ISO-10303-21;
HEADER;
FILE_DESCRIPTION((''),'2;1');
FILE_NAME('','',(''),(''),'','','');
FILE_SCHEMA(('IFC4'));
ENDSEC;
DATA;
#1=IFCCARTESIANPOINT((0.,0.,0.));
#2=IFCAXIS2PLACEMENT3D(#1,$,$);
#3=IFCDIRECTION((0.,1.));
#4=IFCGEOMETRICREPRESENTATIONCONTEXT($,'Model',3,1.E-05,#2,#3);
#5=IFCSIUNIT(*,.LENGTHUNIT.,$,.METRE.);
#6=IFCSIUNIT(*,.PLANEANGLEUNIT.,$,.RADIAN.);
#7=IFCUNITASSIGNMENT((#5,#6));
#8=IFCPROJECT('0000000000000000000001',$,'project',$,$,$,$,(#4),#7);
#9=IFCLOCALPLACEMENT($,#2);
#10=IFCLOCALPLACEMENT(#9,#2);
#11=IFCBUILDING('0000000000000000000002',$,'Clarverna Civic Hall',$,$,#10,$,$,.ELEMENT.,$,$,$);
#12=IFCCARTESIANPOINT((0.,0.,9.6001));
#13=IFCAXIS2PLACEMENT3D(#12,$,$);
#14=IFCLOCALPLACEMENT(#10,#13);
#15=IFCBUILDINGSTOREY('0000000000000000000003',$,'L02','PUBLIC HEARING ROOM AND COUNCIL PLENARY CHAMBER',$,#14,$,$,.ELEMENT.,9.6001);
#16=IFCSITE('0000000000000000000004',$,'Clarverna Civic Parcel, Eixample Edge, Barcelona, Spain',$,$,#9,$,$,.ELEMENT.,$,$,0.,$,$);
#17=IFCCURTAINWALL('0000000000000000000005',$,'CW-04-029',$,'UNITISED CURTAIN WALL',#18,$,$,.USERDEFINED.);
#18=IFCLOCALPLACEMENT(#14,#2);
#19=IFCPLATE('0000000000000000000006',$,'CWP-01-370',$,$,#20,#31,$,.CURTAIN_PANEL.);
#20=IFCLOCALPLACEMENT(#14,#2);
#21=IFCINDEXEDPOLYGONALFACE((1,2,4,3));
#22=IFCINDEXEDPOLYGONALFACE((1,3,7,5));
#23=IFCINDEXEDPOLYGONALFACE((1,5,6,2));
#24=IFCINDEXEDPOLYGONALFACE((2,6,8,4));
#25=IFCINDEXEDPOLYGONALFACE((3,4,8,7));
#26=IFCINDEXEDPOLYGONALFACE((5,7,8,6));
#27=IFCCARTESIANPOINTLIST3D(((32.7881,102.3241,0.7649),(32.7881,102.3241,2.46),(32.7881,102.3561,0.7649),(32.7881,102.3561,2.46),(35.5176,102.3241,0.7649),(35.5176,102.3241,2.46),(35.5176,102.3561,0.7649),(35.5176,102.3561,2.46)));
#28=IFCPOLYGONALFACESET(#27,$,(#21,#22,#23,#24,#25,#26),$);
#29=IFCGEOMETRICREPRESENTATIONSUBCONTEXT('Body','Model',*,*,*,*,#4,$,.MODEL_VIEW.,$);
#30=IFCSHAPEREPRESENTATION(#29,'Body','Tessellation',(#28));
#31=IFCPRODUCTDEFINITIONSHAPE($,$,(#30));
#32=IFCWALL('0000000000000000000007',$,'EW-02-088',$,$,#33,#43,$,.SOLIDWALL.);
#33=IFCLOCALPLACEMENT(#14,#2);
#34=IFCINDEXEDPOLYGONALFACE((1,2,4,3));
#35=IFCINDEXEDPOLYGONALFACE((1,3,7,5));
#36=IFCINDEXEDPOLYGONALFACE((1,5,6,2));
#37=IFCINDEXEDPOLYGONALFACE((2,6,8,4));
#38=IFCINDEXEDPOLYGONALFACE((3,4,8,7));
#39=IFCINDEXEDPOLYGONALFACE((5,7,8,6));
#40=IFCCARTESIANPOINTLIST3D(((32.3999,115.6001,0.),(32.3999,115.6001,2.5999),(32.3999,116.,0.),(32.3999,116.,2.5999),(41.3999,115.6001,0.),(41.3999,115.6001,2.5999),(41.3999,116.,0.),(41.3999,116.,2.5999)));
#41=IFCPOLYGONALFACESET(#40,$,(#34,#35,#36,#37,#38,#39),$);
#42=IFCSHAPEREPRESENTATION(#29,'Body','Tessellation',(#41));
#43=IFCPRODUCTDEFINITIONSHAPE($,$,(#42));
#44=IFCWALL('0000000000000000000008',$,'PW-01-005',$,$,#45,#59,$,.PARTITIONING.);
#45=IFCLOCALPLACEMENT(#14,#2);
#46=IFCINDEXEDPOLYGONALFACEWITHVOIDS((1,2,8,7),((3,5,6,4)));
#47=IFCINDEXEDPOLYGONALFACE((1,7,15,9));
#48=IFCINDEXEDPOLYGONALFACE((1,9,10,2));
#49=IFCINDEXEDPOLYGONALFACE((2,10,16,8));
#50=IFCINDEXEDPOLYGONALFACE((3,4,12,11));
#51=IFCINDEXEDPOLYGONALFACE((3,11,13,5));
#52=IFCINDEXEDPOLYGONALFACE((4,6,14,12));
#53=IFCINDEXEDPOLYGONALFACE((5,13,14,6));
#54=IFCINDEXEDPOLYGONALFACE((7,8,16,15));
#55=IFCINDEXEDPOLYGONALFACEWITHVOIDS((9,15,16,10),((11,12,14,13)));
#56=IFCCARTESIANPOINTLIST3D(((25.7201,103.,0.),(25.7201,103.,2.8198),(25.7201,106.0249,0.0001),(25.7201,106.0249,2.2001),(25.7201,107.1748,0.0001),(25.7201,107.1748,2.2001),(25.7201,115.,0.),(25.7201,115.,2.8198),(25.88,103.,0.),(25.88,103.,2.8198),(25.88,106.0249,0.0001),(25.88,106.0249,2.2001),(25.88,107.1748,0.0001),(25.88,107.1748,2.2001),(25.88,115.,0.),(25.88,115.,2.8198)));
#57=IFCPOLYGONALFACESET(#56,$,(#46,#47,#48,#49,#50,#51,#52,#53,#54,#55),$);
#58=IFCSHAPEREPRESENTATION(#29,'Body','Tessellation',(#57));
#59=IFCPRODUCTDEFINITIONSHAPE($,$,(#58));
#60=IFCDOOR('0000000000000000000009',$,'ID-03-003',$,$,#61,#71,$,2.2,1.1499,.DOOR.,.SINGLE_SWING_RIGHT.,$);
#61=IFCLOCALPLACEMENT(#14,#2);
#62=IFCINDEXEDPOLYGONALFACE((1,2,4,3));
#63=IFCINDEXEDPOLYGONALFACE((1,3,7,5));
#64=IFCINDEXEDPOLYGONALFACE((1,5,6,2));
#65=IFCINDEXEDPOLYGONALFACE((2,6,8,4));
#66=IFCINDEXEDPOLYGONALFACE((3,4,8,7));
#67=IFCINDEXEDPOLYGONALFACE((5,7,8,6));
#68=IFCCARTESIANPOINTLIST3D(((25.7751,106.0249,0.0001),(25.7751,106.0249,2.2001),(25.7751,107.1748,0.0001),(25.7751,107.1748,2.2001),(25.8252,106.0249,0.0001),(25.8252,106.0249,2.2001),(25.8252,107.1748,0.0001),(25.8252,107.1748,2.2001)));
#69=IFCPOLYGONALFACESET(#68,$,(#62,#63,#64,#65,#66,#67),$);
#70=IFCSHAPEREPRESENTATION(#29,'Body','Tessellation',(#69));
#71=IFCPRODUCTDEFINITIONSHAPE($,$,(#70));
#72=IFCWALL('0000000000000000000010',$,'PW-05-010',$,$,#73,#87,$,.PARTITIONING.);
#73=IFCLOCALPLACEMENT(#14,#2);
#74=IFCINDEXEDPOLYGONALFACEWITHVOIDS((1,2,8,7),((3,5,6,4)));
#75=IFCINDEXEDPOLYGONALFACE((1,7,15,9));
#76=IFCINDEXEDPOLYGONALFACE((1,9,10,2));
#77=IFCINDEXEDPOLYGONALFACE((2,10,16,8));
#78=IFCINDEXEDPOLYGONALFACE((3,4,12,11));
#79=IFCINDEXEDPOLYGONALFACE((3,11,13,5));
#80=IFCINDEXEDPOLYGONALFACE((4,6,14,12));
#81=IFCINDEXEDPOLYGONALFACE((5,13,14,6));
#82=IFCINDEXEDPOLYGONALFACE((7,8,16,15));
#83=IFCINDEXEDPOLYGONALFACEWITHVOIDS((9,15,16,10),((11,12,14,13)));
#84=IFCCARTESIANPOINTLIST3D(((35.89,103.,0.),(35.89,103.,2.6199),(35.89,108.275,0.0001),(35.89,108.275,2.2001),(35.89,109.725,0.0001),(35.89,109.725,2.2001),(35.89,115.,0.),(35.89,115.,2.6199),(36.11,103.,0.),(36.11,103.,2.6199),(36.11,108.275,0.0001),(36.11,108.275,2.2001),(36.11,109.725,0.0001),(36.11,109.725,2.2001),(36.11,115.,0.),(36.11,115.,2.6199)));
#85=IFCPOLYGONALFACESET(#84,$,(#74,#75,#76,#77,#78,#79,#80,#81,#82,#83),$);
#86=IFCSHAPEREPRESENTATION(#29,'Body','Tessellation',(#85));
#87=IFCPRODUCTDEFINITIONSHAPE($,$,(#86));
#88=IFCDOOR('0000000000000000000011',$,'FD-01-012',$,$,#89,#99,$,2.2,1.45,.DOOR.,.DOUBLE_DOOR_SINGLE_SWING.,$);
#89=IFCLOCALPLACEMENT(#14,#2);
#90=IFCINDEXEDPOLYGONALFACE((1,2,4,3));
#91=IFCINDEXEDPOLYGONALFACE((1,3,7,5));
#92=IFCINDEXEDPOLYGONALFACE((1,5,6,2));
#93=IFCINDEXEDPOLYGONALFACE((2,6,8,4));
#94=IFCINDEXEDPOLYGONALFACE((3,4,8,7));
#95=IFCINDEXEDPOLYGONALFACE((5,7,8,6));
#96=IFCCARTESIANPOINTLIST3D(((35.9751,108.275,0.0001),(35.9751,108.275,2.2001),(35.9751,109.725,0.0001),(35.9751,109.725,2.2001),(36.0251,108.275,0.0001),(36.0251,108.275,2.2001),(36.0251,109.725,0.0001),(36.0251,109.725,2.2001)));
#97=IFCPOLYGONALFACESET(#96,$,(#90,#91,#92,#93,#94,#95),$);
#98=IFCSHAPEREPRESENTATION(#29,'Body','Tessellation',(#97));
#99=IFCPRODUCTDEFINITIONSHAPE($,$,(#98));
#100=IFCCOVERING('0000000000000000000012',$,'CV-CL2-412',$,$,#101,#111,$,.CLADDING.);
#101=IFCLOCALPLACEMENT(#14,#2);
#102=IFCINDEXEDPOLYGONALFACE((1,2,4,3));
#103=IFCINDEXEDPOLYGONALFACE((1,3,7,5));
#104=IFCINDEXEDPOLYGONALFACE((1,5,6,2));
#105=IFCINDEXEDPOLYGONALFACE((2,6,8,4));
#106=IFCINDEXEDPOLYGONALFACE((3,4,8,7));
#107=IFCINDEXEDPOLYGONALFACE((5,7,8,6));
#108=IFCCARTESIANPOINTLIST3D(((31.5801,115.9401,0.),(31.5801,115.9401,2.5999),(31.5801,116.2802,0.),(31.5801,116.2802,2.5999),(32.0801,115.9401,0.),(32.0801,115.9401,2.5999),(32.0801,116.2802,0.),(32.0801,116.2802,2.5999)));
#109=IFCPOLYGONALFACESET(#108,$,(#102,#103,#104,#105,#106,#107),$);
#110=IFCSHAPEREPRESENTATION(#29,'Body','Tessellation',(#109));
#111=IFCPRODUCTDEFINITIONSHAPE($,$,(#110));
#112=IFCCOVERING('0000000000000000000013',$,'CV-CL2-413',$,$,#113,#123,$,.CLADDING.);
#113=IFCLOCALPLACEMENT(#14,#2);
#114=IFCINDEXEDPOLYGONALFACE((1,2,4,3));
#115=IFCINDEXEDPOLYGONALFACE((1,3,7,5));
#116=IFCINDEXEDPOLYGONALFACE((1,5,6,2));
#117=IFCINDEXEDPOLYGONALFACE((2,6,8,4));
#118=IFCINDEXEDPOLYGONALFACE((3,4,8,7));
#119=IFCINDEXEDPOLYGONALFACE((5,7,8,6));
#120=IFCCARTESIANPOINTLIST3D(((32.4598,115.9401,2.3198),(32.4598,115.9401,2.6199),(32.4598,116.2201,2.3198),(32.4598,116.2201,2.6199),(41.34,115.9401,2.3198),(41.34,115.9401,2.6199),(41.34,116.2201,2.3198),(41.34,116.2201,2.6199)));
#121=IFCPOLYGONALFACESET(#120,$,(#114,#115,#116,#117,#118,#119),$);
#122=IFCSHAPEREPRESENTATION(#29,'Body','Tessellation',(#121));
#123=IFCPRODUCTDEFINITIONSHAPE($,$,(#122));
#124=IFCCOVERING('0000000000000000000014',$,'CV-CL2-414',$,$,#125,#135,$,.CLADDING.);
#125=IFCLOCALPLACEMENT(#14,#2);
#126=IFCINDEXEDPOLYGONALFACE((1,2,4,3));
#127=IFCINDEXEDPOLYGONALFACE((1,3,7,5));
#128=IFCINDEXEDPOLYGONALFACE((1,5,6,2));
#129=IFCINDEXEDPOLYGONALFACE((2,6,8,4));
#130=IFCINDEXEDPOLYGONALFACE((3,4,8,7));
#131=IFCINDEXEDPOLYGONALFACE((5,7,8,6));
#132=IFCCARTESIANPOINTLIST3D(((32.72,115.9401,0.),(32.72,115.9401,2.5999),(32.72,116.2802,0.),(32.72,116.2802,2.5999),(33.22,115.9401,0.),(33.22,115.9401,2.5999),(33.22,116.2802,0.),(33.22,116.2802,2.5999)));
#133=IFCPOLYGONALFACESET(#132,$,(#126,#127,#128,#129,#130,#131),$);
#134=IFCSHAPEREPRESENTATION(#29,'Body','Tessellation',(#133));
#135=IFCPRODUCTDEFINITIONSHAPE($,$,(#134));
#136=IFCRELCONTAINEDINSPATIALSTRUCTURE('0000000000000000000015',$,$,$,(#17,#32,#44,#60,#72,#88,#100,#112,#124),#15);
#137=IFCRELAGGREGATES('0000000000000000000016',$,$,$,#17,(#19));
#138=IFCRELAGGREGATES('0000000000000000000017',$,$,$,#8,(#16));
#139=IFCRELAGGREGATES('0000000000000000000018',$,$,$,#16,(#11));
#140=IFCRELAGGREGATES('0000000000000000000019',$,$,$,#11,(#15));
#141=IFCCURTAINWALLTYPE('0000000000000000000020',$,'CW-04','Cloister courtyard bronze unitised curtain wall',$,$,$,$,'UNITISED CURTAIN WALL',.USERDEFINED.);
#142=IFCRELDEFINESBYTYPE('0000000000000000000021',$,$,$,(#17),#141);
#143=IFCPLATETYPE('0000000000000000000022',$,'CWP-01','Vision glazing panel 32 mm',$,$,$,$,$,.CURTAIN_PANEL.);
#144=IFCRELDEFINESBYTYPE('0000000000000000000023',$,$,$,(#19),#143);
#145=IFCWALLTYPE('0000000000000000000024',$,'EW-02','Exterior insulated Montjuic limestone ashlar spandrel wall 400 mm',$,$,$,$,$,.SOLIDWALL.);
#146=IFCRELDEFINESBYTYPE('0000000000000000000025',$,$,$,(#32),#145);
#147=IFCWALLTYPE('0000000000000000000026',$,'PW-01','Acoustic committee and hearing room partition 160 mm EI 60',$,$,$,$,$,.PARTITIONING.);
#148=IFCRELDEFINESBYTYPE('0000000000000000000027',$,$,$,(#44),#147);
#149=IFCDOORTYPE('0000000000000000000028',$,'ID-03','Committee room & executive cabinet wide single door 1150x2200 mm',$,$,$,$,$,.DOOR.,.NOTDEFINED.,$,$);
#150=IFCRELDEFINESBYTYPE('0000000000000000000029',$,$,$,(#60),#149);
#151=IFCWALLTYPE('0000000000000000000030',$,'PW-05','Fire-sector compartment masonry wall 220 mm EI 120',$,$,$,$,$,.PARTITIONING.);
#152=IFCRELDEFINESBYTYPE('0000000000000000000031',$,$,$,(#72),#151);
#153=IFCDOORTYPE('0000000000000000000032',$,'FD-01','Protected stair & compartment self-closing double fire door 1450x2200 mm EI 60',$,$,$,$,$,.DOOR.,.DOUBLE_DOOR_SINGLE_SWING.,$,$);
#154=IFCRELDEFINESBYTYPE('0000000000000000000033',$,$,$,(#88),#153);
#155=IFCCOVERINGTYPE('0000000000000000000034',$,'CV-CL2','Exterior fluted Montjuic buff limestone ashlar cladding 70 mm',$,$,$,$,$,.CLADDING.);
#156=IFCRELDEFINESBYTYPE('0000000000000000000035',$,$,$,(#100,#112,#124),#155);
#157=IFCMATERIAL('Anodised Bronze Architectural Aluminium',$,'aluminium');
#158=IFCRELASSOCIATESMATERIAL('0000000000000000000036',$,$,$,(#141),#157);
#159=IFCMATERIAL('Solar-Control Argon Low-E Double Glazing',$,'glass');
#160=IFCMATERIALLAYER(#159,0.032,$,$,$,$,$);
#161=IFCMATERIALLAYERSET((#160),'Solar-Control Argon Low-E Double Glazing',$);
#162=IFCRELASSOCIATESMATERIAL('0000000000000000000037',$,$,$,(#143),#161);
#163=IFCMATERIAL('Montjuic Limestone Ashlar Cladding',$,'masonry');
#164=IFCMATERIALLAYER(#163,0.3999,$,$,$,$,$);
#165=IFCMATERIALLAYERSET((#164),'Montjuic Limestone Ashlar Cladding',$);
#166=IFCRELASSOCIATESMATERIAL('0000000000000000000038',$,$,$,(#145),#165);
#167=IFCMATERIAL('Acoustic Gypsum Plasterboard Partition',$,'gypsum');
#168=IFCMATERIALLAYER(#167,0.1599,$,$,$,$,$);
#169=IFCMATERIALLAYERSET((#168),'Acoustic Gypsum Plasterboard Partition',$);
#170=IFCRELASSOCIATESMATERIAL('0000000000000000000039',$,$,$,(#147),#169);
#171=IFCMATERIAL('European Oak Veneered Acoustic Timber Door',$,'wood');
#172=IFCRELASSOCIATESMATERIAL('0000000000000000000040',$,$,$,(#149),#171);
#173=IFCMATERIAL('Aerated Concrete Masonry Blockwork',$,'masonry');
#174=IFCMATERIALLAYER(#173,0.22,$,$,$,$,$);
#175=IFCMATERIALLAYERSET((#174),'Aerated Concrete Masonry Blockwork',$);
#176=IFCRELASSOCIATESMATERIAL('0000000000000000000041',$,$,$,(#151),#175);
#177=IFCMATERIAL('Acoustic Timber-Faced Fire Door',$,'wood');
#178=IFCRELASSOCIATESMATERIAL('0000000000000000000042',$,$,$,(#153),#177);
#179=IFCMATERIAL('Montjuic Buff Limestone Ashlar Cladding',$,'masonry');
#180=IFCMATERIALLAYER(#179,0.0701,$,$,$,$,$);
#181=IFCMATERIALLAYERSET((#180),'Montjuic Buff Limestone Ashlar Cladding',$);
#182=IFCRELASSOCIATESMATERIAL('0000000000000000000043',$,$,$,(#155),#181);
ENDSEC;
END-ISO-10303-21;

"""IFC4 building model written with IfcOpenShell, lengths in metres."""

from ifc_helpers import new_model, si_unit, direction, frame, frame_2d, origin, place, context, subcontext, project, spatial, rectangle, extrude, material, layer, layer_set, type_object, element, fill, aggregate, save


model = new_model("IFC4")

# Units and contexts
model_context = context("Model", 3, precision=1e-05, world=origin(), true_north=direction((0.0, 1.0)))
body_context = subcontext(model_context, "Body", "Model", "MODEL_VIEW")
ifc_project = project(units=[si_unit("LENGTHUNIT", "METRE"), si_unit("PLANEANGLEUNIT", "RADIAN")], contexts=[model_context])

# Site, building, storey
site_placement = place(None, origin())
site = spatial("IfcSite", under=ifc_project, at=site_placement, Name="Clarverna Civic Parcel, Eixample Edge, Barcelona, Spain", CompositionType="ELEMENT", RefElevation=0.0)
building_placement = place(site_placement, origin())
building = spatial("IfcBuilding", under=site, at=building_placement, Name="Clarverna Civic Hall", CompositionType="ELEMENT")
storey_placement = place(building_placement, frame((0.0, 0.0, 9.6001)))
storey = spatial("IfcBuildingStorey", under=building, at=storey_placement, Name="L02", Description="PUBLIC HEARING ROOM AND COUNCIL PLENARY CHAMBER", CompositionType="ELEMENT", Elevation=9.6001)

# Curtain wall
ifc_material_1 = material(Name="Anodised Bronze Architectural Aluminium", Category="aluminium")
curtain_wall_type = type_object("IfcCurtainWallType", Name="CW-04", Description="Cloister courtyard bronze unitised curtain wall", ElementType="UNITISED CURTAIN WALL", PredefinedType="USERDEFINED", material=ifc_material_1)
curtain_wall_placement = place(storey_placement, origin())
curtain_wall = element("IfcCurtainWall", 1, at=curtain_wall_placement, inside=storey, type_object=curtain_wall_type, Name="CW-04-029", ObjectType="UNITISED CURTAIN WALL", PredefinedType="USERDEFINED")

# Plate
ifc_material_2 = material(Name="Solar-Control Argon Low-E Double Glazing", Category="glass")
ifc_layer_1 = layer(ifc_material_2, 0.032)
ifc_layer_set_1 = layer_set([ifc_layer_1], Name="Solar-Control Argon Low-E Double Glazing")
plate_type = type_object("IfcPlateType", Name="CWP-01", Description="Vision glazing panel 32 mm", PredefinedType="CURTAIN_PANEL", material=ifc_layer_set_1)
plate_placement = place(storey_placement, frame((35.5176, 102.3401, 0.7649), z_axis=(0.0, 0.0, 1.0), x_axis=(-1.0, 0.0, 0.0)))
plate = element("IfcPlate", 2, at=plate_placement, type_object=plate_type, Name="CWP-01-370", PredefinedType="CURTAIN_PANEL", context=body_context, shape_type="SweptSolid", body=[
    extrude(rectangle(XDim=2.7295, YDim=0.032, at=frame_2d((1.3647, 0.0))), origin(), (0.0, 0.0, 1.0), 1.6951),
])
aggregate(curtain_wall, [plate])

# Wall
ifc_material_3 = material(Name="Montjuic Limestone Ashlar Cladding", Category="masonry")
ifc_layer_2 = layer(ifc_material_3, 0.3999)
ifc_layer_set_2 = layer_set([ifc_layer_2], Name="Montjuic Limestone Ashlar Cladding")
wall_type_1 = type_object("IfcWallType", Name="EW-02", Description="Exterior insulated Montjuic limestone ashlar spandrel wall 400 mm", PredefinedType="SOLIDWALL", material=ifc_layer_set_2)
wall_1_placement = place(storey_placement, frame((32.3999, 115.8, 0.0), z_axis=(0.0, 0.0, 1.0), x_axis=(1.0, 0.0, 0.0)))
element("IfcWall", 3, at=wall_1_placement, inside=storey, type_object=wall_type_1, Name="EW-02-088", PredefinedType="SOLIDWALL", context=body_context, shape_type="SweptSolid", body=[
    extrude(rectangle(XDim=9.0, YDim=0.3999, at=frame_2d((4.5, 0.0))), origin(), (0.0, 0.0, 1.0), 2.5999),
])

# Walls, openings, doors
ifc_material_4 = material(Name="Acoustic Gypsum Plasterboard Partition", Category="gypsum")
ifc_layer_3 = layer(ifc_material_4, 0.1599)
ifc_layer_set_3 = layer_set([ifc_layer_3], Name="Acoustic Gypsum Plasterboard Partition")
wall_type_2 = type_object("IfcWallType", Name="PW-01", Description="Acoustic committee and hearing room partition 160 mm EI 60", PredefinedType="PARTITIONING", material=ifc_layer_set_3)
wall_2_placement = place(storey_placement, frame((25.8, 103.0, 0.0), z_axis=(0.0, 0.0, 1.0), x_axis=(0.0, 1.0, 0.0)))
wall_2 = element("IfcWall", 4, at=wall_2_placement, inside=storey, type_object=wall_type_2, Name="PW-01-005", PredefinedType="PARTITIONING", context=body_context, shape_type="SweptSolid", body=[
    extrude(rectangle(XDim=12.0, YDim=0.1599, at=frame_2d((6.0, 0.0))), origin(), (0.0, 0.0, 1.0), 2.8198),
])
opening_1_placement = place(wall_2_placement, frame((3.0249, 0.0, 0.0)))
opening_1 = element("IfcOpeningElement", 5, at=opening_1_placement, cuts=wall_2, PredefinedType="OPENING", context=body_context, shape_type="SweptSolid", body=[
    extrude(rectangle(XDim=1.1499, YDim=2.2, at=frame_2d((0.575, 1.1001))), frame((0.0, 0.0898, 0.0), z_axis=(0.0, -1.0, 0.0), x_axis=(1.0, 0.0, 0.0)), (0.0, 0.0, 1.0), 0.1799),
])
ifc_material_5 = material(Name="European Oak Veneered Acoustic Timber Door", Category="wood")
door_type_1 = type_object("IfcDoorType", Name="ID-03", Description="Committee room & executive cabinet wide single door 1150x2200 mm", OperationType="NOTDEFINED", PredefinedType="DOOR", material=ifc_material_5)
door_1_placement = place(opening_1_placement, origin())
door_1 = element("IfcDoor", 6, at=door_1_placement, inside=storey, type_object=door_type_1, Name="ID-03-003", OperationType="SINGLE_SWING_RIGHT", OverallHeight=2.2, OverallWidth=1.1499, PredefinedType="DOOR", context=body_context, shape_type="SweptSolid", body=[
    extrude(rectangle(XDim=1.1499, YDim=2.2, at=frame_2d((0.575, 1.1001))), frame((0.0, 0.0249, 0.0), z_axis=(0.0, -1.0, 0.0), x_axis=(1.0, 0.0, 0.0)), (0.0, 0.0, 1.0), 0.05),
])
fill(opening_1, door_1)
ifc_material_6 = material(Name="Aerated Concrete Masonry Blockwork", Category="masonry")
ifc_layer_4 = layer(ifc_material_6, 0.22)
ifc_layer_set_4 = layer_set([ifc_layer_4], Name="Aerated Concrete Masonry Blockwork")
wall_type_3 = type_object("IfcWallType", Name="PW-05", Description="Fire-sector compartment masonry wall 220 mm EI 120", PredefinedType="PARTITIONING", material=ifc_layer_set_4)
wall_3_placement = place(storey_placement, frame((36.0, 103.0, 0.0), z_axis=(0.0, 0.0, 1.0), x_axis=(0.0, 1.0, 0.0)))
wall_3 = element("IfcWall", 7, at=wall_3_placement, inside=storey, type_object=wall_type_3, Name="PW-05-010", PredefinedType="PARTITIONING", context=body_context, shape_type="SweptSolid", body=[
    extrude(rectangle(XDim=12.0, YDim=0.22, at=frame_2d((6.0, 0.0))), origin(), (0.0, 0.0, 1.0), 2.6199),
])
opening_2_placement = place(wall_3_placement, frame((5.2749, 0.0, 0.0)))
opening_2 = element("IfcOpeningElement", 8, at=opening_2_placement, cuts=wall_3, PredefinedType="OPENING", context=body_context, shape_type="SweptSolid", body=[
    extrude(rectangle(XDim=1.45, YDim=2.2, at=frame_2d((0.7251, 1.1001))), frame((0.0, 0.1199, 0.0), z_axis=(0.0, -1.0, 0.0), x_axis=(1.0, 0.0, 0.0)), (0.0, 0.0, 1.0), 0.24),
])
ifc_material_7 = material(Name="Acoustic Timber-Faced Fire Door", Category="wood")
door_type_2 = type_object("IfcDoorType", Name="FD-01", Description="Protected stair & compartment self-closing double fire door 1450x2200 mm EI 60", OperationType="DOUBLE_DOOR_SINGLE_SWING", PredefinedType="DOOR", material=ifc_material_7)
door_2_placement = place(opening_2_placement, origin())
door_2 = element("IfcDoor", 9, at=door_2_placement, inside=storey, type_object=door_type_2, Name="FD-01-012", OperationType="DOUBLE_DOOR_SINGLE_SWING", OverallHeight=2.2, OverallWidth=1.45, PredefinedType="DOOR", context=body_context, shape_type="SweptSolid", body=[
    extrude(rectangle(XDim=1.45, YDim=2.2, at=frame_2d((0.7251, 1.1001))), frame((0.0, 0.0249, 0.0), z_axis=(0.0, -1.0, 0.0), x_axis=(1.0, 0.0, 0.0)), (0.0, 0.0, 1.0), 0.05),
])
fill(opening_2, door_2)

# Coverings
ifc_material_8 = material(Name="Montjuic Buff Limestone Ashlar Cladding", Category="masonry")
ifc_layer_5 = layer(ifc_material_8, 0.0701)
ifc_layer_set_5 = layer_set([ifc_layer_5], Name="Montjuic Buff Limestone Ashlar Cladding")
covering_type = type_object("IfcCoveringType", Name="CV-CL2", Description="Exterior fluted Montjuic buff limestone ashlar cladding 70 mm", PredefinedType="CLADDING", material=ifc_layer_set_5)
covering_1_placement = place(storey_placement, frame((31.5801, 116.1101, 0.0), z_axis=(0.0, 0.0, 1.0), x_axis=(1.0, 0.0, 0.0)))
element("IfcCovering", 10, at=covering_1_placement, inside=storey, type_object=covering_type, Name="CV-CL2-412", PredefinedType="CLADDING", context=body_context, shape_type="SweptSolid", body=[
    extrude(rectangle(XDim=0.5, YDim=0.3401, at=frame_2d((0.25, 0.0))), origin(), (0.0, 0.0, 1.0), 2.5999),
])
covering_2_placement = place(storey_placement, frame((32.46, 116.0801, 2.3198), z_axis=(0.0, 0.0, 1.0), x_axis=(1.0, 0.0, 0.0)))
element("IfcCovering", 11, at=covering_2_placement, inside=storey, type_object=covering_type, Name="CV-CL2-413", PredefinedType="CLADDING", context=body_context, shape_type="SweptSolid", body=[
    extrude(rectangle(XDim=8.8801, YDim=0.28, at=frame_2d((4.4399, 0.0))), origin(), (0.0, 0.0, 1.0), 0.3),
])
covering_3_placement = place(storey_placement, frame((32.72, 116.1101, 0.0), z_axis=(0.0, 0.0, 1.0), x_axis=(1.0, 0.0, 0.0)))
element("IfcCovering", 12, at=covering_3_placement, inside=storey, type_object=covering_type, Name="CV-CL2-414", PredefinedType="CLADDING", context=body_context, shape_type="SweptSolid", body=[
    extrude(rectangle(XDim=0.5, YDim=0.3401, at=frame_2d((0.25, 0.0))), origin(), (0.0, 0.0, 1.0), 2.5999),
])

save(model, "model.ifc")
